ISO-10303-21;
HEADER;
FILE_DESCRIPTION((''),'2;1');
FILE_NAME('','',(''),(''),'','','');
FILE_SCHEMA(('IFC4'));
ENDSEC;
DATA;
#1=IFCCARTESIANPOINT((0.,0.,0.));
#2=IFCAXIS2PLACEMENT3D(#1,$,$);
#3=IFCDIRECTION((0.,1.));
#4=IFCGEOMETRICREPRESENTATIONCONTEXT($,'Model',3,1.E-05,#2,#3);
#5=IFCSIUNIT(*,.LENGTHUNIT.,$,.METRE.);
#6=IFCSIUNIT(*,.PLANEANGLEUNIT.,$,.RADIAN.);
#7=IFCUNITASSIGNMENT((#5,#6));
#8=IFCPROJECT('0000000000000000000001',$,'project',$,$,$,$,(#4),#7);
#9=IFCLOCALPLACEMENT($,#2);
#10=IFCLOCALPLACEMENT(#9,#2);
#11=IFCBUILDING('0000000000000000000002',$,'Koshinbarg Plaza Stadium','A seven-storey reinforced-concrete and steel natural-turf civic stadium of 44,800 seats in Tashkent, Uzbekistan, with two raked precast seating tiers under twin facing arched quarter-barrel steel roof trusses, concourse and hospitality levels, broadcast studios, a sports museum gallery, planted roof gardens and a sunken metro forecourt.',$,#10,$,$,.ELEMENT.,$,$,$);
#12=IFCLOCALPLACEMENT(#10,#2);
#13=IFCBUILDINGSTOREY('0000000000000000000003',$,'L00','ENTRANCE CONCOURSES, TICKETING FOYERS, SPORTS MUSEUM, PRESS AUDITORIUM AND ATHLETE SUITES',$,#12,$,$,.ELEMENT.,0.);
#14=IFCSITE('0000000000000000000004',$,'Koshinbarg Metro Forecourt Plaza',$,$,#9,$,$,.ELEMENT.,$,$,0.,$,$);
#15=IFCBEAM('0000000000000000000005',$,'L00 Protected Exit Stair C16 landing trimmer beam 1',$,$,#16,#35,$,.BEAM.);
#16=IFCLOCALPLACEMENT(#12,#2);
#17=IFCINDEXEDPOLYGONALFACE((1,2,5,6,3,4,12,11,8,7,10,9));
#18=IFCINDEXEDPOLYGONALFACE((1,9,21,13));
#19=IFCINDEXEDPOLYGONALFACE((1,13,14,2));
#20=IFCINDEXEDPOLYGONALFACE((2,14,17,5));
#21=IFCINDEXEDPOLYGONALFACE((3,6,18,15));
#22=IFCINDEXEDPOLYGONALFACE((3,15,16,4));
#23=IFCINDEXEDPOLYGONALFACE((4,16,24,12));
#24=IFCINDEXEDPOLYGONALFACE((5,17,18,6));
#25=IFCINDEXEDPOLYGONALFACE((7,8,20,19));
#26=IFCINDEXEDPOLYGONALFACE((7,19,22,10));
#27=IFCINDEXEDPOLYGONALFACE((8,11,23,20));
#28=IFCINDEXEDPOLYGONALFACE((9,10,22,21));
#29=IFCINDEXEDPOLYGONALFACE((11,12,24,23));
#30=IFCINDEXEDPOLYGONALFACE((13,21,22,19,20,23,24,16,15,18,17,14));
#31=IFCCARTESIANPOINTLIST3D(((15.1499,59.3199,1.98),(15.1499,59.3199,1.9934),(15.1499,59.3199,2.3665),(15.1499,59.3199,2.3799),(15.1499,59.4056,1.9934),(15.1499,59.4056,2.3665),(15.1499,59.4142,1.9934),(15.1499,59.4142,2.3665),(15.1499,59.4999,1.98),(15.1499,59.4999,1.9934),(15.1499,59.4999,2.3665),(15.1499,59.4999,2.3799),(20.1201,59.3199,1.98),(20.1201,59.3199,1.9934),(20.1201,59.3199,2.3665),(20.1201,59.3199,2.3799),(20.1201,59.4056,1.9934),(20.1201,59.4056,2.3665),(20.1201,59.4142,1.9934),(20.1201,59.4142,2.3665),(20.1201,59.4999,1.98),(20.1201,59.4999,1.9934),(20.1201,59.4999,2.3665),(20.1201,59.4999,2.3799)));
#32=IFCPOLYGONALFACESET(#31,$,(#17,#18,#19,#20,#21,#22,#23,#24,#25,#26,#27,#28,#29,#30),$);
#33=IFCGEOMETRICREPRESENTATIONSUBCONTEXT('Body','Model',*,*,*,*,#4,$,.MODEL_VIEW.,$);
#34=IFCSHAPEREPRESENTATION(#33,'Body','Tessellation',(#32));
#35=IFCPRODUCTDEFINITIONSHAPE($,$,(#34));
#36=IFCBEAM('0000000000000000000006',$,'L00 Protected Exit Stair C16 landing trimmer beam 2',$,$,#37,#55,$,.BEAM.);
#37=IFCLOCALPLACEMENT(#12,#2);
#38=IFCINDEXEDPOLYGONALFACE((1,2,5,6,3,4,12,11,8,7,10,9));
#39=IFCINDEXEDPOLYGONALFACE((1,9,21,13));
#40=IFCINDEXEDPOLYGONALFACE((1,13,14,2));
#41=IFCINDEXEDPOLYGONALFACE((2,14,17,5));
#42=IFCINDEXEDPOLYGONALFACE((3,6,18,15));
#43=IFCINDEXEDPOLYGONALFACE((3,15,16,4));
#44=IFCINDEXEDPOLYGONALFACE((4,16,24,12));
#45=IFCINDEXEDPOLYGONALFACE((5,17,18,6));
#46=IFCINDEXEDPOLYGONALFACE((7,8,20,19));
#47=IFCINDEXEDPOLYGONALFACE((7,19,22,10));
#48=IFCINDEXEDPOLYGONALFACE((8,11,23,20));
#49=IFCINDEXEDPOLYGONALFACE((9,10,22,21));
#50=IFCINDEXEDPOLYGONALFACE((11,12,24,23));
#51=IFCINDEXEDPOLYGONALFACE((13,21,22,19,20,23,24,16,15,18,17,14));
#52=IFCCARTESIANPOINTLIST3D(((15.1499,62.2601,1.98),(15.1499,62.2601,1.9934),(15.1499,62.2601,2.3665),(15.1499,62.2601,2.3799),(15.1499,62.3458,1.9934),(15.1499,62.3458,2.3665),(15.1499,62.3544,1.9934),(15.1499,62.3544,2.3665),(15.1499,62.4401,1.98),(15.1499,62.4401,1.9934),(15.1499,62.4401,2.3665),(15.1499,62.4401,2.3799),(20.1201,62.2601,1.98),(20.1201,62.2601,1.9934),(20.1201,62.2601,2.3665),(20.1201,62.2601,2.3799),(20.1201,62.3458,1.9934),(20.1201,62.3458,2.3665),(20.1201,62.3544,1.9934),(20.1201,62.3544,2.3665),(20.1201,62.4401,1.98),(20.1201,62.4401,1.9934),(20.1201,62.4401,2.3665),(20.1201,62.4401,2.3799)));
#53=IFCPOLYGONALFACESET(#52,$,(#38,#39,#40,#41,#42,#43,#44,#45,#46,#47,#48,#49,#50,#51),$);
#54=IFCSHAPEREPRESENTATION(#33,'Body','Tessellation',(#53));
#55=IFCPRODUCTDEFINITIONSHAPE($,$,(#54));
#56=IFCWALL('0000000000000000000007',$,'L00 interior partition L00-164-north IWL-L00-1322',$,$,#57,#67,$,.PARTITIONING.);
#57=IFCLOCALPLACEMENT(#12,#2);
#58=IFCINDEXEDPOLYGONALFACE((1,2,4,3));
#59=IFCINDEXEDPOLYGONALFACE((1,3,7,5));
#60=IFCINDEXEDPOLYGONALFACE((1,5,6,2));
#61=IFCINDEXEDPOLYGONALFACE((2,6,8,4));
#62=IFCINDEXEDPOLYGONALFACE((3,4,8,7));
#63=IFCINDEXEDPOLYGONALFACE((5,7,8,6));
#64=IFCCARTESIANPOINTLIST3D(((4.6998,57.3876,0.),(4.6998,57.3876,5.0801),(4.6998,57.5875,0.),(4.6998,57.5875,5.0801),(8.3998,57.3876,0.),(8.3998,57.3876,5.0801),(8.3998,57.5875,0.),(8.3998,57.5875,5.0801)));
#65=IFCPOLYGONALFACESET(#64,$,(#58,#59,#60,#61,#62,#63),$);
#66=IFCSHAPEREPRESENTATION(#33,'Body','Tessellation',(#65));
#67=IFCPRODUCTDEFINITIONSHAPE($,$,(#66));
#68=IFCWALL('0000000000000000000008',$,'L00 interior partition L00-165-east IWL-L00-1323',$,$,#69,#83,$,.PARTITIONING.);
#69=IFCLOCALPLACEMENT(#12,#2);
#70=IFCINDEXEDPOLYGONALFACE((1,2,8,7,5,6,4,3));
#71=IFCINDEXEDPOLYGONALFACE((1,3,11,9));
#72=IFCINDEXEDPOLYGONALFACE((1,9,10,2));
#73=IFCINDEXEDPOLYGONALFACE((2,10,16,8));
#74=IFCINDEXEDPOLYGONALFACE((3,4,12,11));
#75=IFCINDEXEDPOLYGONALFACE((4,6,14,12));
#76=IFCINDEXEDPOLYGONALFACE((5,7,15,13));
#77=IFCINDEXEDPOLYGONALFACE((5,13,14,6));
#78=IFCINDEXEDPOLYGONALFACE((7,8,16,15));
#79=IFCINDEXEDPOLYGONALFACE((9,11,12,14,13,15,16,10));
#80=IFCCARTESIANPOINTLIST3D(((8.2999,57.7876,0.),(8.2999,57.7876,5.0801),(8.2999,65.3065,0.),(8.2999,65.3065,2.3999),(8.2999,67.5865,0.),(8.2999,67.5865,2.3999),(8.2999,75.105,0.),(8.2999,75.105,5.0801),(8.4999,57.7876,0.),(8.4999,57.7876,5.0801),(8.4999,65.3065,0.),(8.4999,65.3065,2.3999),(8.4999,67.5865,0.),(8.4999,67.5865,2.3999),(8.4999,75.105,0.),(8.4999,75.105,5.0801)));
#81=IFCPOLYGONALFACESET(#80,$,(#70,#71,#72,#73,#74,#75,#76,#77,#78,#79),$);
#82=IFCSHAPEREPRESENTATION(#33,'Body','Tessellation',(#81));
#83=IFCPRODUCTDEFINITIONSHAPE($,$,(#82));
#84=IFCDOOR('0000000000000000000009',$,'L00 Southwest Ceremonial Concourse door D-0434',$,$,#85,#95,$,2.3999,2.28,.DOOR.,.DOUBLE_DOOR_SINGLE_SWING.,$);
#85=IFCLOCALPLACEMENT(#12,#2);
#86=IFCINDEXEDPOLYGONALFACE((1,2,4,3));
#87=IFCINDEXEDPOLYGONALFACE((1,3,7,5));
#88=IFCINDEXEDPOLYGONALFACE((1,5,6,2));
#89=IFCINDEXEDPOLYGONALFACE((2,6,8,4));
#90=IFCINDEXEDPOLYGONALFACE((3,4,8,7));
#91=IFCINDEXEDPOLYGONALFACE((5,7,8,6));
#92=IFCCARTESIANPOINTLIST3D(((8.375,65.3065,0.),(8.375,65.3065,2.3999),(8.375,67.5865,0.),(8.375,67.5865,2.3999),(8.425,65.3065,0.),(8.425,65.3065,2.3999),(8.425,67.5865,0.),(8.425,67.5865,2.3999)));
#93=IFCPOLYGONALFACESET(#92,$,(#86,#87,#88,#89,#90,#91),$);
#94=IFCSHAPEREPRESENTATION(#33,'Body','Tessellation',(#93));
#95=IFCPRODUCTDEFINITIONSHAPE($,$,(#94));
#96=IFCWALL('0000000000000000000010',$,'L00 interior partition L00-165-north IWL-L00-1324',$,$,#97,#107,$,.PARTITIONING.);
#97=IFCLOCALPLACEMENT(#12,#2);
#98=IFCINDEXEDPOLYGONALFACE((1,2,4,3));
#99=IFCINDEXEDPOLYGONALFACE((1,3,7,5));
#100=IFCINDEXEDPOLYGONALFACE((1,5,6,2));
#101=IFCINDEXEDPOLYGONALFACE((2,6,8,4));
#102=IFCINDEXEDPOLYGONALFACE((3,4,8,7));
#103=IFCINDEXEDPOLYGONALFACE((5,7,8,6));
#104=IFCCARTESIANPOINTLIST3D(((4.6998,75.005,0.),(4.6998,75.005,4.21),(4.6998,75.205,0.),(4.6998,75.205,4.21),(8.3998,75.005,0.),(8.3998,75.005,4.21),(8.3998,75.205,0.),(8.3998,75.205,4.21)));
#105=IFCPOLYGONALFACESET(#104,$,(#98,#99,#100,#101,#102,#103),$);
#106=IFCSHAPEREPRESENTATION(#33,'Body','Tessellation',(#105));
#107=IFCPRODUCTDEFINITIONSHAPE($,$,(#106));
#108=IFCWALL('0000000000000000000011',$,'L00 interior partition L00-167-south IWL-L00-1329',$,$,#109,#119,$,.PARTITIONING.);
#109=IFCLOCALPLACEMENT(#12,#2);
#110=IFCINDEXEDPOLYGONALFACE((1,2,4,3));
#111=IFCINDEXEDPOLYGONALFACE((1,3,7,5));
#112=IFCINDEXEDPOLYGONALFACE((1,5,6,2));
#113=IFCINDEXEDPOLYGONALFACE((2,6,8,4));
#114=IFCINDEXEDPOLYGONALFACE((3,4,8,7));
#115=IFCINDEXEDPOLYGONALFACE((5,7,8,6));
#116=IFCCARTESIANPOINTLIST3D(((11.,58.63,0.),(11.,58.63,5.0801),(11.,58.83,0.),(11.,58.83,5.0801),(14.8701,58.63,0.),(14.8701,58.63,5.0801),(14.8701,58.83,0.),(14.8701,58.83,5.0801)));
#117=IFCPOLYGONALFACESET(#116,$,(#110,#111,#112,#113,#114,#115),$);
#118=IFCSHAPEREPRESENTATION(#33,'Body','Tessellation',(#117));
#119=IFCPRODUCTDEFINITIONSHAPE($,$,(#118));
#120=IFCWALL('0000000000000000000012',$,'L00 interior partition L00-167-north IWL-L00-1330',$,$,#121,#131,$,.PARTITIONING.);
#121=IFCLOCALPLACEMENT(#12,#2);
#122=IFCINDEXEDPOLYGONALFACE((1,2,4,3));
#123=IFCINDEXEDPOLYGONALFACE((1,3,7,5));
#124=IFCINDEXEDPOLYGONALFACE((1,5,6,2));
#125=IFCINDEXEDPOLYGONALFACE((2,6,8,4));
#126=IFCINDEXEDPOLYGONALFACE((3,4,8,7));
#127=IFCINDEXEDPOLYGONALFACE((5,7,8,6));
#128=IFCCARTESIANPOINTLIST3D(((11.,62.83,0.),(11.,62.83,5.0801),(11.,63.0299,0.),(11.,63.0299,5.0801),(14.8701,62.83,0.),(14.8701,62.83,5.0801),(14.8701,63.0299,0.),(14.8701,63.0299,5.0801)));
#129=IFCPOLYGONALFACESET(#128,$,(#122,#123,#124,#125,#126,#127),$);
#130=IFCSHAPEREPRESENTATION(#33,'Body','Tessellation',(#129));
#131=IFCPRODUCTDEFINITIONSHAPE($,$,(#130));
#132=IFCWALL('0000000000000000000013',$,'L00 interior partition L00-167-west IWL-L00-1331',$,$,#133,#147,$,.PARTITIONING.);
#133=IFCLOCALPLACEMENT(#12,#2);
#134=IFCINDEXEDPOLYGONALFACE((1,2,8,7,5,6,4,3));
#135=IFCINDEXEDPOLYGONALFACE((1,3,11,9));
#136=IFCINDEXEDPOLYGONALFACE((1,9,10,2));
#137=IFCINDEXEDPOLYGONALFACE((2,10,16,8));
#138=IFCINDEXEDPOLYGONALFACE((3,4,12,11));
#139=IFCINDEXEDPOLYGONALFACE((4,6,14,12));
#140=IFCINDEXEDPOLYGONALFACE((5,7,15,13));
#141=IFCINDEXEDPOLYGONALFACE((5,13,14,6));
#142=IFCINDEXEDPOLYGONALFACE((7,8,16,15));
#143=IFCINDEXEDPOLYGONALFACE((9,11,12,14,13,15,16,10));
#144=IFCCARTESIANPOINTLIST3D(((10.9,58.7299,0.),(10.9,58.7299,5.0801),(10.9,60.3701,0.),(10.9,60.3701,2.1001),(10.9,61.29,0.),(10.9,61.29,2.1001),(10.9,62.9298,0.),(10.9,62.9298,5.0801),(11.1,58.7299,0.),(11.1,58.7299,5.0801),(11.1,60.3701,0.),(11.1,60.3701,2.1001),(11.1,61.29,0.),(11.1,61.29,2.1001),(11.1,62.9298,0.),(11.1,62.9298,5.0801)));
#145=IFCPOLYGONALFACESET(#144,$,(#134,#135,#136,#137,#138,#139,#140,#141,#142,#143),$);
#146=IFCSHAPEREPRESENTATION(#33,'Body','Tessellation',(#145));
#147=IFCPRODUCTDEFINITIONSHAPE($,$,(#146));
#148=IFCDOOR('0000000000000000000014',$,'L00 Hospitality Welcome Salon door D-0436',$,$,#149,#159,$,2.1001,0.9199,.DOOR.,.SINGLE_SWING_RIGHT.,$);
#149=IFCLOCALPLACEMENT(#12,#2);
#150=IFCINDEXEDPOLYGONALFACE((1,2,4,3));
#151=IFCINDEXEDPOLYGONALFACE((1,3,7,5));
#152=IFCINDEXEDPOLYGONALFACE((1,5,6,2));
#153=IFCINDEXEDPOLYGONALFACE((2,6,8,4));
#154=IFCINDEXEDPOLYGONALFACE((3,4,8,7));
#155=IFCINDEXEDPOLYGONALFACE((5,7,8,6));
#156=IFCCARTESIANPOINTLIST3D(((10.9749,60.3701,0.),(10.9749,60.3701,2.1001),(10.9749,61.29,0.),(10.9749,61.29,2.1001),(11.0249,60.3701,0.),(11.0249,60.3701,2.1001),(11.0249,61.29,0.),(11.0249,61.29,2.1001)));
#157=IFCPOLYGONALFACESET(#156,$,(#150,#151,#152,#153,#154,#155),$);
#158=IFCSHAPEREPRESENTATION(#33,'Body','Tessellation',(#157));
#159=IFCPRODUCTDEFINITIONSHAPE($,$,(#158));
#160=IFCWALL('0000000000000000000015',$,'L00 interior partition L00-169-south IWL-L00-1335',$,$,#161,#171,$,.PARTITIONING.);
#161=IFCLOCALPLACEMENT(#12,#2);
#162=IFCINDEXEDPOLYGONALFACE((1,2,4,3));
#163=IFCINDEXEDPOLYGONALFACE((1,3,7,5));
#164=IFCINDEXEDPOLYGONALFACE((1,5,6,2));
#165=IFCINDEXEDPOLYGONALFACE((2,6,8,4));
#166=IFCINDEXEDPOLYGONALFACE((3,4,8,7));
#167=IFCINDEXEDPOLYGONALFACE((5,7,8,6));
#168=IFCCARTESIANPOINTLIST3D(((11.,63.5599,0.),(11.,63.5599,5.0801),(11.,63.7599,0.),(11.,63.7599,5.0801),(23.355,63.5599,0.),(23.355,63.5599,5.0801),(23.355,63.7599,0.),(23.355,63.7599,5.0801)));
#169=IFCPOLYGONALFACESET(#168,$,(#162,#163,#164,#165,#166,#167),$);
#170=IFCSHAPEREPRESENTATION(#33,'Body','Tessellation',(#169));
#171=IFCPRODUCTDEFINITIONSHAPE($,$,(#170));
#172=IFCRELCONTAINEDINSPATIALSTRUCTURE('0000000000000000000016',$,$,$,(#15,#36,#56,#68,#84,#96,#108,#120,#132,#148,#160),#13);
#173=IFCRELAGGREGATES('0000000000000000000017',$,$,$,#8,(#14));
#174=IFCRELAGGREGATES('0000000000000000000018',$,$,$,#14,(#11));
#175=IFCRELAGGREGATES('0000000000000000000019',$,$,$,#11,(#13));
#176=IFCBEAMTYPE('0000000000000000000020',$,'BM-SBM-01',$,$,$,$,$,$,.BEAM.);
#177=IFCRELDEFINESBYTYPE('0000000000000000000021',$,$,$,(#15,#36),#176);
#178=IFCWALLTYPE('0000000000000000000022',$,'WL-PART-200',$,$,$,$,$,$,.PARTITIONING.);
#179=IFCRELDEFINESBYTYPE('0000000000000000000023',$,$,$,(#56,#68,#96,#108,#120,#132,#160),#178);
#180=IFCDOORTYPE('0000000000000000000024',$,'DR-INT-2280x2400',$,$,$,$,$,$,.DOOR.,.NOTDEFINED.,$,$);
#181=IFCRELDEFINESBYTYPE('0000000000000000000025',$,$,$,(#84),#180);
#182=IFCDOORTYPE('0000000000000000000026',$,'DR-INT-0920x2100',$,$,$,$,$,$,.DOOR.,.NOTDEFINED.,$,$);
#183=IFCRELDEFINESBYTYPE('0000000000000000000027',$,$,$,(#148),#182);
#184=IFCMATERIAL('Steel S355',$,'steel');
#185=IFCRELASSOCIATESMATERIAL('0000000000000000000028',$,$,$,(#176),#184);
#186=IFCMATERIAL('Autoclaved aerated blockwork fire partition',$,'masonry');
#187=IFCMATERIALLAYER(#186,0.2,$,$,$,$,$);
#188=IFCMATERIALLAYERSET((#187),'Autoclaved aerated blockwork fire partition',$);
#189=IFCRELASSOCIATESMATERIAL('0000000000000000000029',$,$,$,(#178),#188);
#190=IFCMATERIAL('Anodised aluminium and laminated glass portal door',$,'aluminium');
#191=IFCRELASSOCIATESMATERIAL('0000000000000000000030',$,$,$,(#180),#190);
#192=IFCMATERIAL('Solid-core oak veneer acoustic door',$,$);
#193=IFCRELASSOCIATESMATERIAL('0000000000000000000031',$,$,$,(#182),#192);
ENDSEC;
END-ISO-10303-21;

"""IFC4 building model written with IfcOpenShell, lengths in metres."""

from ifc_helpers import new_model, si_unit, direction, frame, frame_2d, origin, origin_2d, place, context, subcontext, project, spatial, rectangle, i_section, extrude, material, layer, layer_set, material_profile, profile_set, type_object, element, fill, save


model = new_model("IFC4")

# Units and contexts
model_context = context("Model", 3, precision=1e-05, world=origin(), true_north=direction((0.0, 1.0)))
body_context = subcontext(model_context, "Body", "Model", "MODEL_VIEW")
ifc_project = project(units=[si_unit("LENGTHUNIT", "METRE"), si_unit("PLANEANGLEUNIT", "RADIAN")], contexts=[model_context])

# Site, building, storey
site_placement = place(None, origin())
site = spatial("IfcSite", under=ifc_project, at=site_placement, Name="Koshinbarg Metro Forecourt Plaza", CompositionType="ELEMENT", RefElevation=0.0)
building_placement = place(site_placement, origin())
building = spatial("IfcBuilding", under=site, at=building_placement, Name="Koshinbarg Plaza Stadium", Description="A seven-storey reinforced-concrete and steel natural-turf civic stadium of 44,800 seats in Tashkent, Uzbekistan, with two raked precast seating tiers under twin facing arched quarter-barrel steel roof trusses, concourse and hospitality levels, broadcast studios, a sports museum gallery, planted roof gardens and a sunken metro forecourt.", CompositionType="ELEMENT")
storey_placement = place(building_placement, origin())
storey = spatial("IfcBuildingStorey", under=building, at=storey_placement, Name="L00", Description="ENTRANCE CONCOURSES, TICKETING FOYERS, SPORTS MUSEUM, PRESS AUDITORIUM AND ATHLETE SUITES", CompositionType="ELEMENT", Elevation=0.0)

# Beams
ifc_material_1 = material(Name="Steel S355", Category="steel")
ifc_material_profile_1 = material_profile(ifc_material_1, i_section(OverallWidth=0.1799, OverallDepth=0.3999, WebThickness=0.0085, FlangeThickness=0.0134, at=origin_2d()), Name="IPE 400")
ifc_profile_set_1 = profile_set([ifc_material_profile_1], Name="Steel S355")
beam_type = type_object("IfcBeamType", Name="BM-SBM-01", PredefinedType="BEAM", material=ifc_profile_set_1)
for number, where, z_axis, x_axis, name in (
    (1, (15.1499, 59.4099, 2.1799), (1.0, 0.0, 0.0), (0.0, 1.0, 0.0), "L00 Protected Exit Stair C16 landing trimmer beam 1"),
    (2, (15.1499, 62.3501, 2.1799), (1.0, 0.0, 0.0), (0.0, 1.0, 0.0), "L00 Protected Exit Stair C16 landing trimmer beam 2"),
):
    element("IfcBeam", number, at=place(storey_placement, frame(where, z_axis=z_axis, x_axis=x_axis)), inside=storey, type_object=beam_type, Name=name, PredefinedType="BEAM", context=body_context, shape_type="SweptSolid", body=[
        extrude(i_section(OverallWidth=0.1799, OverallDepth=0.3999, WebThickness=0.0085, FlangeThickness=0.0134, at=origin_2d()), origin(), (0.0, 0.0, 1.0), 4.9702),
    ])

# Wall
ifc_material_2 = material(Name="Autoclaved aerated blockwork fire partition", Category="masonry")
ifc_layer = layer(ifc_material_2, 0.2)
ifc_layer_set = layer_set([ifc_layer], Name="Autoclaved aerated blockwork fire partition")
wall_type = type_object("IfcWallType", Name="WL-PART-200", PredefinedType="PARTITIONING", material=ifc_layer_set)
wall_1_placement = place(storey_placement, frame((8.3999, 57.4875, 0.0), z_axis=(0.0, 0.0, 1.0), x_axis=(-1.0, 0.0, 0.0)))
element("IfcWall", 3, at=wall_1_placement, inside=storey, type_object=wall_type, Name="L00 interior partition L00-164-north IWL-L00-1322", PredefinedType="PARTITIONING", context=body_context, shape_type="SweptSolid", body=[
    extrude(rectangle(XDim=3.7, YDim=0.2, at=frame_2d((1.8501, 0.0))), origin(), (0.0, 0.0, 1.0), 5.0801),
])

# Wall, opening, door
wall_2_placement = place(storey_placement, frame((8.3999, 57.7876, 0.0), z_axis=(0.0, 0.0, 1.0), x_axis=(0.0, 1.0, 0.0)))
wall_2 = element("IfcWall", 4, at=wall_2_placement, inside=storey, type_object=wall_type, Name="L00 interior partition L00-165-east IWL-L00-1323", PredefinedType="PARTITIONING", context=body_context, shape_type="SweptSolid", body=[
    extrude(rectangle(XDim=17.3174, YDim=0.2, at=frame_2d((8.6587, 0.0))), origin(), (0.0, 0.0, 1.0), 5.0801),
])
opening_1_placement = place(wall_2_placement, frame((7.5188, 0.0, 0.0)))
opening_1 = element("IfcOpeningElement", 5, at=opening_1_placement, cuts=wall_2, PredefinedType="OPENING", context=body_context, shape_type="SweptSolid", body=[
    extrude(rectangle(XDim=2.28, YDim=2.3999, at=frame_2d((1.1401, 1.2))), frame((0.0, 0.1099, 0.0), z_axis=(0.0, -1.0, 0.0), x_axis=(1.0, 0.0, 0.0)), (0.0, 0.0, 1.0), 0.22),
])
ifc_material_3 = material(Name="Anodised aluminium and laminated glass portal door", Category="aluminium")
door_type_1 = type_object("IfcDoorType", Name="DR-INT-2280x2400", OperationType="NOTDEFINED", PredefinedType="DOOR", material=ifc_material_3)
door_1_placement = place(opening_1_placement, origin())
door_1 = element("IfcDoor", 6, at=door_1_placement, inside=storey, type_object=door_type_1, Name="L00 Southwest Ceremonial Concourse door D-0434", OperationType="DOUBLE_DOOR_SINGLE_SWING", OverallHeight=2.3999, OverallWidth=2.28, PredefinedType="DOOR", context=body_context, shape_type="SweptSolid", body=[
    extrude(rectangle(XDim=2.28, YDim=2.3999, at=frame_2d((1.1401, 1.2))), frame((0.0, 0.0249, 0.0), z_axis=(0.0, -1.0, 0.0), x_axis=(1.0, 0.0, 0.0)), (0.0, 0.0, 1.0), 0.05),
])
fill(opening_1, door_1)

# Walls
wall_3_placement = place(storey_placement, frame((8.3999, 75.105, 0.0), z_axis=(0.0, 0.0, 1.0), x_axis=(-1.0, 0.0, 0.0)))
element("IfcWall", 7, at=wall_3_placement, inside=storey, type_object=wall_type, Name="L00 interior partition L00-165-north IWL-L00-1324", PredefinedType="PARTITIONING", context=body_context, shape_type="SweptSolid", body=[
    extrude(rectangle(XDim=3.7, YDim=0.2, at=frame_2d((1.8501, 0.0))), origin(), (0.0, 0.0, 1.0), 4.21),
])
for number, where, z_axis, x_axis, name in (
    (8, (11.0, 58.73, 0.0), (0.0, 0.0, 1.0), (1.0, 0.0, 0.0), "L00 interior partition L00-167-south IWL-L00-1329"),
    (9, (14.8701, 62.9299, 0.0), (0.0, 0.0, 1.0), (-1.0, 0.0, 0.0), "L00 interior partition L00-167-north IWL-L00-1330"),
):
    element("IfcWall", number, at=place(storey_placement, frame(where, z_axis=z_axis, x_axis=x_axis)), inside=storey, type_object=wall_type, Name=name, PredefinedType="PARTITIONING", context=body_context, shape_type="SweptSolid", body=[
        extrude(rectangle(XDim=3.8701, YDim=0.2, at=frame_2d((1.9351, 0.0))), origin(), (0.0, 0.0, 1.0), 5.0801),
    ])

# Wall, opening, door
wall_4_placement = place(storey_placement, frame((11.0, 62.9299, 0.0), z_axis=(0.0, 0.0, 1.0), x_axis=(0.0, -1.0, 0.0)))
wall_4 = element("IfcWall", 10, at=wall_4_placement, inside=storey, type_object=wall_type, Name="L00 interior partition L00-167-west IWL-L00-1331", PredefinedType="PARTITIONING", context=body_context, shape_type="SweptSolid", body=[
    extrude(rectangle(XDim=4.2, YDim=0.2, at=frame_2d((2.1001, 0.0))), origin(), (0.0, 0.0, 1.0), 5.0801),
])
opening_2_placement = place(wall_4_placement, frame((1.6399, 0.0, 0.0)))
opening_2 = element("IfcOpeningElement", 11, at=opening_2_placement, cuts=wall_4, PredefinedType="OPENING", context=body_context, shape_type="SweptSolid", body=[
    extrude(rectangle(XDim=0.9199, YDim=2.1001, at=frame_2d((0.46, 1.05))), frame((0.0, 0.1099, 0.0), z_axis=(0.0, -1.0, 0.0), x_axis=(1.0, 0.0, 0.0)), (0.0, 0.0, 1.0), 0.22),
])
ifc_material_4 = material(Name="Solid-core oak veneer acoustic door")
door_type_2 = type_object("IfcDoorType", Name="DR-INT-0920x2100", OperationType="NOTDEFINED", PredefinedType="DOOR", material=ifc_material_4)
door_2_placement = place(opening_2_placement, origin())
door_2 = element("IfcDoor", 12, at=door_2_placement, inside=storey, type_object=door_type_2, Name="L00 Hospitality Welcome Salon door D-0436", OperationType="SINGLE_SWING_RIGHT", OverallHeight=2.1001, OverallWidth=0.9199, PredefinedType="DOOR", context=body_context, shape_type="SweptSolid", body=[
    extrude(rectangle(XDim=0.9199, YDim=2.1001, at=frame_2d((0.46, 1.05))), frame((0.0, 0.0249, 0.0), z_axis=(0.0, -1.0, 0.0), x_axis=(1.0, 0.0, 0.0)), (0.0, 0.0, 1.0), 0.05),
])
fill(opening_2, door_2)

# Wall
wall_5_placement = place(storey_placement, frame((11.0, 63.6599, 0.0), z_axis=(0.0, 0.0, 1.0), x_axis=(1.0, 0.0, 0.0)))
element("IfcWall", 13, at=wall_5_placement, inside=storey, type_object=wall_type, Name="L00 interior partition L00-169-south IWL-L00-1335", PredefinedType="PARTITIONING", context=body_context, shape_type="SweptSolid", body=[
    extrude(rectangle(XDim=12.355, YDim=0.2, at=frame_2d((6.1775, 0.0))), origin(), (0.0, 0.0, 1.0), 5.0801),
])

save(model, "model.ifc")
